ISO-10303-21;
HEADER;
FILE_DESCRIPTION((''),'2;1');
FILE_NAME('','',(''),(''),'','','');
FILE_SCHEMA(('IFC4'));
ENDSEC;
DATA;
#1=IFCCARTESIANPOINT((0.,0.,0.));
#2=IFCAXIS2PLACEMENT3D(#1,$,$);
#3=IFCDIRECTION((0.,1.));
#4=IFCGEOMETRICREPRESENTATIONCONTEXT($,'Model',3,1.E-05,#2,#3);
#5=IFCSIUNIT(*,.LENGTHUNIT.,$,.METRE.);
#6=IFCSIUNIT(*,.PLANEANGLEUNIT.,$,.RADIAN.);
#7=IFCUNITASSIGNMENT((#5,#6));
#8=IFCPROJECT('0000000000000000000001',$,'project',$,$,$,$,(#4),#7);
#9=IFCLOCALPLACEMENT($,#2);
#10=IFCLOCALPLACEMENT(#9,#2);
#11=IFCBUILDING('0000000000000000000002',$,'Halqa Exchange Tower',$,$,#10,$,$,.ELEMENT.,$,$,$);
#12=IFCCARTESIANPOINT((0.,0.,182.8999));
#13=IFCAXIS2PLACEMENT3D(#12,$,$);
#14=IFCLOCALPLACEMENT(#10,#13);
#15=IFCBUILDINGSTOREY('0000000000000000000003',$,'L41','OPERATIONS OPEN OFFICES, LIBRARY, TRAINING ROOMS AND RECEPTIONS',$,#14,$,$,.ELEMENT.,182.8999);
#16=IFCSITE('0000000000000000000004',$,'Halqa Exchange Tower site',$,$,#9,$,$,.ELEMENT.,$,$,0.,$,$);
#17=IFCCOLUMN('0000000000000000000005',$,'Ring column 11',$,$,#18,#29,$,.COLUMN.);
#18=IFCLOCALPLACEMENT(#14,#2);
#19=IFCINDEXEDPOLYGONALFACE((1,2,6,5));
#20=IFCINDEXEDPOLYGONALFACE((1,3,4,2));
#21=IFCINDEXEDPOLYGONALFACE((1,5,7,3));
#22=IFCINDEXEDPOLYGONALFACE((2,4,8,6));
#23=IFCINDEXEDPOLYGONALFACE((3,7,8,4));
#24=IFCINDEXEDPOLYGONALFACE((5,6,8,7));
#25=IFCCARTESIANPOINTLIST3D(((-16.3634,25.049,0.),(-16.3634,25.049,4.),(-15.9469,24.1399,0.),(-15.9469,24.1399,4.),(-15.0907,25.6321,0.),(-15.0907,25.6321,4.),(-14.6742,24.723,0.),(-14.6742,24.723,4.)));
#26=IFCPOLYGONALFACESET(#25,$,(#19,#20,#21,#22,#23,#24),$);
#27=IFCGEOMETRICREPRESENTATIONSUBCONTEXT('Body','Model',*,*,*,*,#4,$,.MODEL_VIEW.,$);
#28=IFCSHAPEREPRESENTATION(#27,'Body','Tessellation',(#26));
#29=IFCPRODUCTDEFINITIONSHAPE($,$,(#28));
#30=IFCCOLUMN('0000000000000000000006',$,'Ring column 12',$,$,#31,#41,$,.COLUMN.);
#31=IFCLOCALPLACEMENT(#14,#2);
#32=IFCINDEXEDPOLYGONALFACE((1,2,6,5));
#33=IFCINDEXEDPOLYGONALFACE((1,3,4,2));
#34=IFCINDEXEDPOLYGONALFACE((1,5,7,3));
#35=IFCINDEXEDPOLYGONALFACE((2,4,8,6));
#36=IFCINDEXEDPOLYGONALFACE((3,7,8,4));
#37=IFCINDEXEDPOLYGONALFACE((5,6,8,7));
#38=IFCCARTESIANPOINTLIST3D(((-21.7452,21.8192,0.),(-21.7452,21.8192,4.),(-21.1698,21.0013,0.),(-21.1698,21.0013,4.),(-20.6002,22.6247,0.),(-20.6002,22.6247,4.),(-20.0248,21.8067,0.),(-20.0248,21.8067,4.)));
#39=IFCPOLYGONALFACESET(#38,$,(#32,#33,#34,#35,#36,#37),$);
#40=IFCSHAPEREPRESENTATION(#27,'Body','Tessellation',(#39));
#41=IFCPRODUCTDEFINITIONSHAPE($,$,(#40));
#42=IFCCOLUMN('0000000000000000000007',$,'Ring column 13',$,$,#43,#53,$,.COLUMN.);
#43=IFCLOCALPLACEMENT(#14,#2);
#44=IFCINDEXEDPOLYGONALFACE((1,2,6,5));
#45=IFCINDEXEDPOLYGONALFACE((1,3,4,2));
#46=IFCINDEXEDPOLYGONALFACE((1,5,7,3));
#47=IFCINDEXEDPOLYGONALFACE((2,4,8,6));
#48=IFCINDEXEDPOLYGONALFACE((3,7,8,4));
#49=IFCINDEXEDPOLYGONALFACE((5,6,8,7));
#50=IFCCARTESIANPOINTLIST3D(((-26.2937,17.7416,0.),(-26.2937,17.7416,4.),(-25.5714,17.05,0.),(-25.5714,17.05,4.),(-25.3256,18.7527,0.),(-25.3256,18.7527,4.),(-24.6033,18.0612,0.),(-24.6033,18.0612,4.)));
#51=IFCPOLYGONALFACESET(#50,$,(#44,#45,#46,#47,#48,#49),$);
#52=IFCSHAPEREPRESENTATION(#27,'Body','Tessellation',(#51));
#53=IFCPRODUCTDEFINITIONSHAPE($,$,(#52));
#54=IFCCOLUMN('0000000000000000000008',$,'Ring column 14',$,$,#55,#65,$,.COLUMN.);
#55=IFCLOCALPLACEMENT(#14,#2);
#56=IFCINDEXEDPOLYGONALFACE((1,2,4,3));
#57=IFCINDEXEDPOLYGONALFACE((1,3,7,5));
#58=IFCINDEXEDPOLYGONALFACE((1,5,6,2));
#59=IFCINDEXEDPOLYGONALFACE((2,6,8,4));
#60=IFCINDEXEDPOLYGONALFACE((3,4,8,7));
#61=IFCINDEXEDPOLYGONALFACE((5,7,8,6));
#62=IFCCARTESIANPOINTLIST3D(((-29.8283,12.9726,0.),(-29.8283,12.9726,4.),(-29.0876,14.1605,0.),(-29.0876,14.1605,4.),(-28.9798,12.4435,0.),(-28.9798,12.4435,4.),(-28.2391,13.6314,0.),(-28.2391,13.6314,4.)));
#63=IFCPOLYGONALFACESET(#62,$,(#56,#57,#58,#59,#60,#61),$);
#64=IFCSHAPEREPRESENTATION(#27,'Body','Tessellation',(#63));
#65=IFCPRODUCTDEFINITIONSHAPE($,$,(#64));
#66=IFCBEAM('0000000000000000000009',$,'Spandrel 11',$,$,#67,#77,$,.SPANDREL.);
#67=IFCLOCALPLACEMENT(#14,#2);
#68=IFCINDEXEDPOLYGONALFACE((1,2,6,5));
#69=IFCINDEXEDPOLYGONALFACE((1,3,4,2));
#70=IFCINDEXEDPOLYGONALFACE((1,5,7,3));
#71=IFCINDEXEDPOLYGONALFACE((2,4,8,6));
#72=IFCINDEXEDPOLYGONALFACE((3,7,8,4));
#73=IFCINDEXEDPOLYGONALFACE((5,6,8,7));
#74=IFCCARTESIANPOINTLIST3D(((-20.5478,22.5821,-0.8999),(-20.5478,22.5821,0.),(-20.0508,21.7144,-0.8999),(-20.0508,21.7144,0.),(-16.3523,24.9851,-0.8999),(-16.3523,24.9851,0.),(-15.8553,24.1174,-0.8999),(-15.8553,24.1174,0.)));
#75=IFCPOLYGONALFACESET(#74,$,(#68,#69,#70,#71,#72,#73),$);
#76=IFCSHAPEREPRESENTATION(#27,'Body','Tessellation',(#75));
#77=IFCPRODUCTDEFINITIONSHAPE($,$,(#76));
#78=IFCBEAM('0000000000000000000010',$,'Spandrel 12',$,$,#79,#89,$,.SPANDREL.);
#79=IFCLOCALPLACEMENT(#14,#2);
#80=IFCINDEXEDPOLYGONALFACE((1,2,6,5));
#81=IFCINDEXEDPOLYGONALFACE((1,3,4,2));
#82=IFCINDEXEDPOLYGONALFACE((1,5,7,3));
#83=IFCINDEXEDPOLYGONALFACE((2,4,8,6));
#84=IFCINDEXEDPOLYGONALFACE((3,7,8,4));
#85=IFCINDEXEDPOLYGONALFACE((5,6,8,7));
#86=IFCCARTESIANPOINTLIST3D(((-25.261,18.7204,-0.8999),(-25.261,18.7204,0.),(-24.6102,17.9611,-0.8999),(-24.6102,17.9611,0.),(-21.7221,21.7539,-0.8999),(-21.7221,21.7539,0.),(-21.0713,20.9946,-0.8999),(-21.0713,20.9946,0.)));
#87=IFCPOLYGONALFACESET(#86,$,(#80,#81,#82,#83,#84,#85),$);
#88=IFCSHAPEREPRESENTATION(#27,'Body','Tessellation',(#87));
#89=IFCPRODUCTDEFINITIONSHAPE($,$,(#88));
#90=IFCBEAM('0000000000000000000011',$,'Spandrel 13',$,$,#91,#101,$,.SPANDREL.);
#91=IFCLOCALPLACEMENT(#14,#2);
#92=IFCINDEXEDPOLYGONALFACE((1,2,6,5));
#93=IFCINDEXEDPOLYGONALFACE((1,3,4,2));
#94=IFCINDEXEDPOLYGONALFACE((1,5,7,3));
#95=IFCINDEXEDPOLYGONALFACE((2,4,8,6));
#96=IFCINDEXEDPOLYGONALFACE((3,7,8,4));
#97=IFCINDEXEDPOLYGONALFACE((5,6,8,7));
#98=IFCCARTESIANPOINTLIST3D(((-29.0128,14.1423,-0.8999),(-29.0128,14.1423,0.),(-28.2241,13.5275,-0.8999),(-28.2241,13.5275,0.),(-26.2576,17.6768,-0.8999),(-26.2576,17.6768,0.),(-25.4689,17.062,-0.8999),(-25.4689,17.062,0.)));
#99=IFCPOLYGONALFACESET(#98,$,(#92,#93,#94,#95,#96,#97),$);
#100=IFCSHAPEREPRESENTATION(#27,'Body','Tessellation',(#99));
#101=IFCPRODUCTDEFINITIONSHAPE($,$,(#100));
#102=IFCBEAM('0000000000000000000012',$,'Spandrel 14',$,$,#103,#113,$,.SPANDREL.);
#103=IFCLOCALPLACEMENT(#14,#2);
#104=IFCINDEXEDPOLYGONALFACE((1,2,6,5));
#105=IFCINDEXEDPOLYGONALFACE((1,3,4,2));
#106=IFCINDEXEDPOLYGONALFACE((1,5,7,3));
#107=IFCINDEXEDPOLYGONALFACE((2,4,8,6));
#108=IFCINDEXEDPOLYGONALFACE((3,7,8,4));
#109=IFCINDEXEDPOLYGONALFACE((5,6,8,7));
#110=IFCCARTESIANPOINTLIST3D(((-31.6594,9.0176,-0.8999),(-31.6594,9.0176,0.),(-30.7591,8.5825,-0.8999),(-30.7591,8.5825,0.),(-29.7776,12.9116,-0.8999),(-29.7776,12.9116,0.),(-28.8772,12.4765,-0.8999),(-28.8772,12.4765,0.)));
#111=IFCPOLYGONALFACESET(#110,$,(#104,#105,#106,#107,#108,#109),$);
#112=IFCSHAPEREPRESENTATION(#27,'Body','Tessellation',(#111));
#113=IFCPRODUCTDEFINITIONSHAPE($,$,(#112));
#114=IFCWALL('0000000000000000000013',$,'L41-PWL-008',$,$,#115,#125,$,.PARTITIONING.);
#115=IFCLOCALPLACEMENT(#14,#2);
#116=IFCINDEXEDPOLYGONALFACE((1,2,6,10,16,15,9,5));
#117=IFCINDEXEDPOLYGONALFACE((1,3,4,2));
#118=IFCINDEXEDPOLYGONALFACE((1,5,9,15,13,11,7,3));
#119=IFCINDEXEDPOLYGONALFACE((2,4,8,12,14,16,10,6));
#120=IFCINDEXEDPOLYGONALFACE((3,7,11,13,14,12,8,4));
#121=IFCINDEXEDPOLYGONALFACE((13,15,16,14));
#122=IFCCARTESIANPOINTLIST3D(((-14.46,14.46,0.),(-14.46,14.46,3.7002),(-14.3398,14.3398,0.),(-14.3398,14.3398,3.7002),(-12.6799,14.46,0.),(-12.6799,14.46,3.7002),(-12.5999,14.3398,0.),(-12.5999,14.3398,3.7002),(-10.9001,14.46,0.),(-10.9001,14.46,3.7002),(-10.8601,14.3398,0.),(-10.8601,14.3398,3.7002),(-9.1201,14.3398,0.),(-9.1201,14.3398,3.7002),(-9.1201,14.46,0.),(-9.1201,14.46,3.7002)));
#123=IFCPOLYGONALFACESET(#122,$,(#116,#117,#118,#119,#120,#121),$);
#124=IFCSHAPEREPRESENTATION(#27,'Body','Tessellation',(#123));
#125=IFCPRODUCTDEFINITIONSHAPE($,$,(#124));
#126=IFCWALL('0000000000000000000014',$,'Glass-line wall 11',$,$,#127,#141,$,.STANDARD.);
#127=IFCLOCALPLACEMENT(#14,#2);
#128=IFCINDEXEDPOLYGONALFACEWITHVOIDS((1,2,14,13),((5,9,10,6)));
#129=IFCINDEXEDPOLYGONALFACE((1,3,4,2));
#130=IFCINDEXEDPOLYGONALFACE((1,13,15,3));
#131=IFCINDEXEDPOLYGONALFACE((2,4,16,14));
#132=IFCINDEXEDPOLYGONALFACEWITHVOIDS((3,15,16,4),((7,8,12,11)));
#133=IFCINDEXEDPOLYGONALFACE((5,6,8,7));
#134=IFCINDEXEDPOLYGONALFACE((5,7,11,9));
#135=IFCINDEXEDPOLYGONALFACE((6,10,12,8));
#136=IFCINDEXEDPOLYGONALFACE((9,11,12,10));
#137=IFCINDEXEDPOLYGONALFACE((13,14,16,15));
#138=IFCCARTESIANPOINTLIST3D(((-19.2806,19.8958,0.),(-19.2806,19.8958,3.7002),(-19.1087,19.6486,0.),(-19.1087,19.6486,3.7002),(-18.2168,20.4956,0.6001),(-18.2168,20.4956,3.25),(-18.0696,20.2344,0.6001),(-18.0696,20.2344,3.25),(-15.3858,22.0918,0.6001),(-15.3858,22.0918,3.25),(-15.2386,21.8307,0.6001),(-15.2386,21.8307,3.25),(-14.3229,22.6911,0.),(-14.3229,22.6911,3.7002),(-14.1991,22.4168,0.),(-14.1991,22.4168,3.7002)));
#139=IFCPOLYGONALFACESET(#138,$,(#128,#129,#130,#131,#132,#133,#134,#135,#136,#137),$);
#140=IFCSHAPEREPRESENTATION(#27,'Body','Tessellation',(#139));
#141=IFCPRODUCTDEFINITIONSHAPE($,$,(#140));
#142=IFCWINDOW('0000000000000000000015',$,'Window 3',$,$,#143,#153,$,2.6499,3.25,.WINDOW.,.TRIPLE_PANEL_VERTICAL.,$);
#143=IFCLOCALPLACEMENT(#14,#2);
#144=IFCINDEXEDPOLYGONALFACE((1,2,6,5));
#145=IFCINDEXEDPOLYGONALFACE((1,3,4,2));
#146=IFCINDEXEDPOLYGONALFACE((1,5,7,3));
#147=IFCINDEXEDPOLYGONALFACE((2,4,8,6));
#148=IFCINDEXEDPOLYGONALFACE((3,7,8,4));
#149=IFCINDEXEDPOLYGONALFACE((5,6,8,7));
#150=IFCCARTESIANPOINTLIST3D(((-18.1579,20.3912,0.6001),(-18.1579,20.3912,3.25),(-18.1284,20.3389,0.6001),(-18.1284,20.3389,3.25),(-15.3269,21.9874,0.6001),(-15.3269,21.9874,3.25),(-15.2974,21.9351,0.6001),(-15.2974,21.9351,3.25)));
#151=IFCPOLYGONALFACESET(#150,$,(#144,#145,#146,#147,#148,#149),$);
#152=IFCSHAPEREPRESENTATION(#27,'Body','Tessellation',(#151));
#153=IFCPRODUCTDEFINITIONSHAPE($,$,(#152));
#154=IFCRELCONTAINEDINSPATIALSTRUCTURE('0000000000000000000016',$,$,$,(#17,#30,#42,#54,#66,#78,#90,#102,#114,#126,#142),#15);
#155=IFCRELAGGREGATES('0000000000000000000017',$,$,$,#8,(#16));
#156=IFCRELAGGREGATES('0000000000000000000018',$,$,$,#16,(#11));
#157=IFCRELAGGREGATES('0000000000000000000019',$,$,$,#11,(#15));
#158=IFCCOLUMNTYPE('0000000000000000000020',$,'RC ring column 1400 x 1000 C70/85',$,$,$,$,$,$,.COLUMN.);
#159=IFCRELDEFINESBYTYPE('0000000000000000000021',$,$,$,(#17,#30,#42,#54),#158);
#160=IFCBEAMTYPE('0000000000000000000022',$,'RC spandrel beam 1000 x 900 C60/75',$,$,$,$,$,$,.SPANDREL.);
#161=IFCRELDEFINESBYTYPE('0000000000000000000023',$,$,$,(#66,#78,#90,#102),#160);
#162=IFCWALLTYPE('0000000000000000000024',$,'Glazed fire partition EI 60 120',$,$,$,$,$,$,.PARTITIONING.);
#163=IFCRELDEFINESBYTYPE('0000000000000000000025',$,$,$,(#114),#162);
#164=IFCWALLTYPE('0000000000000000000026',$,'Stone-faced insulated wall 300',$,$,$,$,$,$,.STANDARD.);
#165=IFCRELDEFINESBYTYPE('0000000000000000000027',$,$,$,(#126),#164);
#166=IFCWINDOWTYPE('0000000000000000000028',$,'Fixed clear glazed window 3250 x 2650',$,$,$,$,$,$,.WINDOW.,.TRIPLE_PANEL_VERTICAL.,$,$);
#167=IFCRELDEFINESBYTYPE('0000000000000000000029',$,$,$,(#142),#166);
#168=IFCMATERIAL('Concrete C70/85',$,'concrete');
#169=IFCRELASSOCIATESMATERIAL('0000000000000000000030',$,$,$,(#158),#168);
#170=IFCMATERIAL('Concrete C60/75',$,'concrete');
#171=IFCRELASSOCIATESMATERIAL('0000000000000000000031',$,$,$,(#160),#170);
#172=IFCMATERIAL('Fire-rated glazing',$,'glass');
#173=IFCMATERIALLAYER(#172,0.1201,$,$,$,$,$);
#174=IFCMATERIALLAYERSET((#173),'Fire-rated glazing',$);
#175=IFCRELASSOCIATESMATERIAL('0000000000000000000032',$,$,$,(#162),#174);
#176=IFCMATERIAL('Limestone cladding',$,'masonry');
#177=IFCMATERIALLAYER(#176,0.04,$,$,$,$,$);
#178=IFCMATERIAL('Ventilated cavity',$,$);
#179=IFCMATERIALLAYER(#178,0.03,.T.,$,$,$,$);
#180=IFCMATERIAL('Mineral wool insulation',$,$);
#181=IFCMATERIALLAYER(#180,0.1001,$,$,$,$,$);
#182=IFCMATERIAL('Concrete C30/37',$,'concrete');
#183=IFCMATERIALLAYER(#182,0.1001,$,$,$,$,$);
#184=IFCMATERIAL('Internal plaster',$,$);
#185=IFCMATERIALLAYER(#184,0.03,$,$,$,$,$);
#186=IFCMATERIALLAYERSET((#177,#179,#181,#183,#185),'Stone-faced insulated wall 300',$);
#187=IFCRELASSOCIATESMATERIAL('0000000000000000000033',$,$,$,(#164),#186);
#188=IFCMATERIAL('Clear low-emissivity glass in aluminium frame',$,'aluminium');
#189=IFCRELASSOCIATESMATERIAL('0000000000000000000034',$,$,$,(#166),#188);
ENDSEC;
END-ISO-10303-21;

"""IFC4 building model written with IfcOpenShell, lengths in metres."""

from ifc_helpers import new_model, si_unit, direction, frame, frame_2d, origin, origin_2d, place, context, subcontext, project, spatial, polyline, rectangle, outline, extrude, material, layer, layer_set, material_profile, profile_set, type_object, element, fill, save


model = new_model("IFC4")

# Units and contexts
model_context = context("Model", 3, precision=1e-05, world=origin(), true_north=direction((0.0, 1.0)))
body_context = subcontext(model_context, "Body", "Model", "MODEL_VIEW")
ifc_project = project(units=[si_unit("LENGTHUNIT", "METRE"), si_unit("PLANEANGLEUNIT", "RADIAN")], contexts=[model_context])

# Site, building, storey
site_placement = place(None, origin())
site = spatial("IfcSite", under=ifc_project, at=site_placement, Name="Halqa Exchange Tower site", CompositionType="ELEMENT", RefElevation=0.0)
building_placement = place(site_placement, origin())
building = spatial("IfcBuilding", under=site, at=building_placement, Name="Halqa Exchange Tower", CompositionType="ELEMENT")
storey_placement = place(building_placement, frame((0.0, 0.0, 182.8999)))
storey = spatial("IfcBuildingStorey", under=building, at=storey_placement, Name="L41", Description="OPERATIONS OPEN OFFICES, LIBRARY, TRAINING ROOMS AND RECEPTIONS", CompositionType="ELEMENT", Elevation=182.8999)

# Columns
ifc_material_1 = material(Name="Concrete C70/85", Category="concrete")
ifc_material_profile_1 = material_profile(ifc_material_1, rectangle(XDim=1.3999, YDim=1.0, at=origin_2d()), Name="1400 x 1000")
ifc_profile_set_1 = profile_set([ifc_material_profile_1], Name="Concrete C70/85")
column_type = type_object("IfcColumnType", Name="RC ring column 1400 x 1000 C70/85", PredefinedType="COLUMN", material=ifc_profile_set_1)
for number, where, z_axis, x_axis, name in (
    (1, (-15.5188, 24.886, 0.0), (0.0, 0.0, 1.0), (-0.909128, -0.416517, 0.0), "Ring column 11"),
    (2, (-20.885, 21.813, 0.0), (0.0, 0.0, 1.0), (-0.817912, -0.575344, 0.0), "Ring column 12"),
    (3, (-25.4485, 17.9014, 0.0), (0.0, 0.0, 1.0), (-0.691575, -0.722305, 0.0), "Ring column 13"),
    (4, (-29.0337, 13.302, 0.0), (0.0, 0.0, 1.0), (-0.529138, -0.848536, 0.0), "Ring column 14"),
):
    element("IfcColumn", number, at=place(storey_placement, frame(where, z_axis=z_axis, x_axis=x_axis)), inside=storey, type_object=column_type, Name=name, PredefinedType="COLUMN", context=body_context, shape_type="SweptSolid", body=[
        extrude(rectangle(XDim=1.3999, YDim=1.0, at=origin_2d()), origin(), (0.0, 0.0, 1.0), 4.0),
    ])

# Beams
ifc_material_2 = material(Name="Concrete C60/75", Category="concrete")
ifc_material_profile_2 = material_profile(ifc_material_2, rectangle(XDim=1.0, YDim=0.8999, at=origin_2d()), Name="1000 x 900")
ifc_profile_set_2 = profile_set([ifc_material_profile_2], Name="Concrete C60/75")
beam_type = type_object("IfcBeamType", Name="RC spandrel beam 1000 x 900 C60/75", PredefinedType="SPANDREL", material=ifc_profile_set_2)
beam_1_placement = place(storey_placement, frame((-16.1038, 24.5513, -0.45), z_axis=(-0.867742, -0.497014, 0.0), x_axis=(0.497014, -0.867742, 0.0)))
element("IfcBeam", 5, at=beam_1_placement, inside=storey, type_object=beam_type, Name="Spandrel 11", PredefinedType="SPANDREL", context=body_context, shape_type="SweptSolid", body=[
    extrude(rectangle(XDim=1.0, YDim=0.8999, at=origin_2d()), origin(), (0.0, 0.0, 1.0), 4.835),
])
beam_2_placement = place(storey_placement, frame((-21.3967, 21.3743, -0.45), z_axis=(-0.759238, -0.650813, 0.0), x_axis=(0.650813, -0.759238, 0.0)))
element("IfcBeam", 6, at=beam_2_placement, inside=storey, type_object=beam_type, Name="Spandrel 12", PredefinedType="SPANDREL", context=body_context, shape_type="SweptSolid", body=[
    extrude(rectangle(XDim=1.0, YDim=0.8999, at=origin_2d()), origin(), (0.0, 0.0, 1.0), 4.6611),
])
beam_3_placement = place(storey_placement, frame((-25.8633, 17.3694, -0.45), z_axis=(-0.614793, -0.788689, 0.0), x_axis=(0.788689, -0.614793, 0.0)))
element("IfcBeam", 7, at=beam_3_placement, inside=storey, type_object=beam_type, Name="Spandrel 13", PredefinedType="SPANDREL", context=body_context, shape_type="SweptSolid", body=[
    extrude(rectangle(XDim=1.0, YDim=0.8999, at=origin_2d()), origin(), (0.0, 0.0, 1.0), 4.4814),
])
beam_4_placement = place(storey_placement, frame((-29.3274, 12.6941, -0.45), z_axis=(-0.435115, -0.900375, 0.0), x_axis=(0.900375, -0.435115, 0.0)))
element("IfcBeam", 8, at=beam_4_placement, inside=storey, type_object=beam_type, Name="Spandrel 14", PredefinedType="SPANDREL", context=body_context, shape_type="SweptSolid", body=[
    extrude(rectangle(XDim=1.0, YDim=0.8999, at=origin_2d()), origin(), (0.0, 0.0, 1.0), 4.325),
])

# Wall
ifc_material_3 = material(Name="Fire-rated glazing", Category="glass")
ifc_layer_1 = layer(ifc_material_3, 0.1201)
ifc_layer_set_1 = layer_set([ifc_layer_1], Name="Fire-rated glazing")
wall_type_1 = type_object("IfcWallType", Name="Glazed fire partition EI 60 120", PredefinedType="PARTITIONING", material=ifc_layer_set_1)
wall_1_placement = place(storey_placement, frame((-14.46, 14.3999, 0.0), z_axis=(0.0, 0.0, 1.0), x_axis=(1.0, 0.0, 0.0)))
element("IfcWall", 9, at=wall_1_placement, inside=storey, type_object=wall_type_1, Name="L41-PWL-008", PredefinedType="PARTITIONING", context=body_context, shape_type="SweptSolid", body=[
    extrude(outline(polyline([(5.3398, 0.0601), (3.5598, 0.0601), (1.78, 0.0601), (0.0, 0.0601), (0.1201, -0.0601), (1.8601, -0.0601), (3.5999, -0.0601), (5.3398, -0.0601), (5.3398, 0.0601)])), origin(), (0.0, 0.0, 1.0), 3.7002),
])

# Wall, opening, window
ifc_material_4 = material(Name="Limestone cladding", Category="masonry")
ifc_layer_2 = layer(ifc_material_4, 0.04)
ifc_material_5 = material(Name="Ventilated cavity")
ifc_layer_3 = layer(ifc_material_5, 0.03, ventilated=True)
ifc_material_6 = material(Name="Mineral wool insulation")
ifc_layer_4 = layer(ifc_material_6, 0.1001)
ifc_material_7 = material(Name="Concrete C30/37", Category="concrete")
ifc_layer_5 = layer(ifc_material_7, 0.1001)
ifc_material_8 = material(Name="Internal plaster")
ifc_layer_6 = layer(ifc_material_8, 0.03)
ifc_layer_set_2 = layer_set([ifc_layer_2, ifc_layer_3, ifc_layer_4, ifc_layer_5, ifc_layer_6], Name="Stone-faced insulated wall 300")
wall_type_2 = type_object("IfcWallType", Name="Stone-faced insulated wall 300", PredefinedType="STANDARD", material=ifc_layer_set_2)
wall_2_placement = place(storey_placement, frame((-14.261, 22.554, 0.0), z_axis=(0.0, 0.0, 1.0), x_axis=(-0.871078, -0.491145, 0.0)))
wall_2 = element("IfcWall", 10, at=wall_2_placement, inside=storey, type_object=wall_type_2, Name="Glass-line wall 11", PredefinedType="STANDARD", context=body_context, shape_type="SweptSolid", body=[
    extrude(outline(polyline([(-0.0134, -0.1499), (5.678, -0.1499), (5.6497, 0.1499), (0.0134, 0.1499), (-0.0134, -0.1499)])), origin(), (0.0, 0.0, 1.0), 3.7002),
])
opening_1_placement = place(wall_2_placement, frame((1.2068, 0.0, 0.6001)))
opening_1 = element("IfcOpeningElement", 11, at=opening_1_placement, cuts=wall_2, PredefinedType="OPENING", context=body_context, shape_type="SweptSolid", body=[
    extrude(rectangle(XDim=3.25, YDim=2.6499, at=frame_2d((1.625, 1.325))), frame((0.0, 0.1621, 0.0), z_axis=(0.0, -1.0, 0.0), x_axis=(1.0, 0.0, 0.0)), (0.0, 0.0, 1.0), 0.324),
])
ifc_material_9 = material(Name="Clear low-emissivity glass in aluminium frame", Category="aluminium")
window_type = type_object("IfcWindowType", Name="Fixed clear glazed window 3250 x 2650", PartitioningType="TRIPLE_PANEL_VERTICAL", PredefinedType="WINDOW", material=ifc_material_9)
window_1_placement = place(opening_1_placement, origin())
window_1 = element("IfcWindow", 12, at=window_1_placement, inside=storey, type_object=window_type, Name="Window 3", OverallHeight=2.6499, OverallWidth=3.25, PartitioningType="TRIPLE_PANEL_VERTICAL", PredefinedType="WINDOW", context=body_context, shape_type="SweptSolid", body=[
    extrude(rectangle(XDim=3.25, YDim=2.6499, at=frame_2d((1.625, 1.325))), frame((0.0, 0.03, 0.0), z_axis=(0.0, -1.0, 0.0), x_axis=(1.0, 0.0, 0.0)), (0.0, 0.0, 1.0), 0.0601),
])
fill(opening_1, window_1)

save(model, "model.ifc")
